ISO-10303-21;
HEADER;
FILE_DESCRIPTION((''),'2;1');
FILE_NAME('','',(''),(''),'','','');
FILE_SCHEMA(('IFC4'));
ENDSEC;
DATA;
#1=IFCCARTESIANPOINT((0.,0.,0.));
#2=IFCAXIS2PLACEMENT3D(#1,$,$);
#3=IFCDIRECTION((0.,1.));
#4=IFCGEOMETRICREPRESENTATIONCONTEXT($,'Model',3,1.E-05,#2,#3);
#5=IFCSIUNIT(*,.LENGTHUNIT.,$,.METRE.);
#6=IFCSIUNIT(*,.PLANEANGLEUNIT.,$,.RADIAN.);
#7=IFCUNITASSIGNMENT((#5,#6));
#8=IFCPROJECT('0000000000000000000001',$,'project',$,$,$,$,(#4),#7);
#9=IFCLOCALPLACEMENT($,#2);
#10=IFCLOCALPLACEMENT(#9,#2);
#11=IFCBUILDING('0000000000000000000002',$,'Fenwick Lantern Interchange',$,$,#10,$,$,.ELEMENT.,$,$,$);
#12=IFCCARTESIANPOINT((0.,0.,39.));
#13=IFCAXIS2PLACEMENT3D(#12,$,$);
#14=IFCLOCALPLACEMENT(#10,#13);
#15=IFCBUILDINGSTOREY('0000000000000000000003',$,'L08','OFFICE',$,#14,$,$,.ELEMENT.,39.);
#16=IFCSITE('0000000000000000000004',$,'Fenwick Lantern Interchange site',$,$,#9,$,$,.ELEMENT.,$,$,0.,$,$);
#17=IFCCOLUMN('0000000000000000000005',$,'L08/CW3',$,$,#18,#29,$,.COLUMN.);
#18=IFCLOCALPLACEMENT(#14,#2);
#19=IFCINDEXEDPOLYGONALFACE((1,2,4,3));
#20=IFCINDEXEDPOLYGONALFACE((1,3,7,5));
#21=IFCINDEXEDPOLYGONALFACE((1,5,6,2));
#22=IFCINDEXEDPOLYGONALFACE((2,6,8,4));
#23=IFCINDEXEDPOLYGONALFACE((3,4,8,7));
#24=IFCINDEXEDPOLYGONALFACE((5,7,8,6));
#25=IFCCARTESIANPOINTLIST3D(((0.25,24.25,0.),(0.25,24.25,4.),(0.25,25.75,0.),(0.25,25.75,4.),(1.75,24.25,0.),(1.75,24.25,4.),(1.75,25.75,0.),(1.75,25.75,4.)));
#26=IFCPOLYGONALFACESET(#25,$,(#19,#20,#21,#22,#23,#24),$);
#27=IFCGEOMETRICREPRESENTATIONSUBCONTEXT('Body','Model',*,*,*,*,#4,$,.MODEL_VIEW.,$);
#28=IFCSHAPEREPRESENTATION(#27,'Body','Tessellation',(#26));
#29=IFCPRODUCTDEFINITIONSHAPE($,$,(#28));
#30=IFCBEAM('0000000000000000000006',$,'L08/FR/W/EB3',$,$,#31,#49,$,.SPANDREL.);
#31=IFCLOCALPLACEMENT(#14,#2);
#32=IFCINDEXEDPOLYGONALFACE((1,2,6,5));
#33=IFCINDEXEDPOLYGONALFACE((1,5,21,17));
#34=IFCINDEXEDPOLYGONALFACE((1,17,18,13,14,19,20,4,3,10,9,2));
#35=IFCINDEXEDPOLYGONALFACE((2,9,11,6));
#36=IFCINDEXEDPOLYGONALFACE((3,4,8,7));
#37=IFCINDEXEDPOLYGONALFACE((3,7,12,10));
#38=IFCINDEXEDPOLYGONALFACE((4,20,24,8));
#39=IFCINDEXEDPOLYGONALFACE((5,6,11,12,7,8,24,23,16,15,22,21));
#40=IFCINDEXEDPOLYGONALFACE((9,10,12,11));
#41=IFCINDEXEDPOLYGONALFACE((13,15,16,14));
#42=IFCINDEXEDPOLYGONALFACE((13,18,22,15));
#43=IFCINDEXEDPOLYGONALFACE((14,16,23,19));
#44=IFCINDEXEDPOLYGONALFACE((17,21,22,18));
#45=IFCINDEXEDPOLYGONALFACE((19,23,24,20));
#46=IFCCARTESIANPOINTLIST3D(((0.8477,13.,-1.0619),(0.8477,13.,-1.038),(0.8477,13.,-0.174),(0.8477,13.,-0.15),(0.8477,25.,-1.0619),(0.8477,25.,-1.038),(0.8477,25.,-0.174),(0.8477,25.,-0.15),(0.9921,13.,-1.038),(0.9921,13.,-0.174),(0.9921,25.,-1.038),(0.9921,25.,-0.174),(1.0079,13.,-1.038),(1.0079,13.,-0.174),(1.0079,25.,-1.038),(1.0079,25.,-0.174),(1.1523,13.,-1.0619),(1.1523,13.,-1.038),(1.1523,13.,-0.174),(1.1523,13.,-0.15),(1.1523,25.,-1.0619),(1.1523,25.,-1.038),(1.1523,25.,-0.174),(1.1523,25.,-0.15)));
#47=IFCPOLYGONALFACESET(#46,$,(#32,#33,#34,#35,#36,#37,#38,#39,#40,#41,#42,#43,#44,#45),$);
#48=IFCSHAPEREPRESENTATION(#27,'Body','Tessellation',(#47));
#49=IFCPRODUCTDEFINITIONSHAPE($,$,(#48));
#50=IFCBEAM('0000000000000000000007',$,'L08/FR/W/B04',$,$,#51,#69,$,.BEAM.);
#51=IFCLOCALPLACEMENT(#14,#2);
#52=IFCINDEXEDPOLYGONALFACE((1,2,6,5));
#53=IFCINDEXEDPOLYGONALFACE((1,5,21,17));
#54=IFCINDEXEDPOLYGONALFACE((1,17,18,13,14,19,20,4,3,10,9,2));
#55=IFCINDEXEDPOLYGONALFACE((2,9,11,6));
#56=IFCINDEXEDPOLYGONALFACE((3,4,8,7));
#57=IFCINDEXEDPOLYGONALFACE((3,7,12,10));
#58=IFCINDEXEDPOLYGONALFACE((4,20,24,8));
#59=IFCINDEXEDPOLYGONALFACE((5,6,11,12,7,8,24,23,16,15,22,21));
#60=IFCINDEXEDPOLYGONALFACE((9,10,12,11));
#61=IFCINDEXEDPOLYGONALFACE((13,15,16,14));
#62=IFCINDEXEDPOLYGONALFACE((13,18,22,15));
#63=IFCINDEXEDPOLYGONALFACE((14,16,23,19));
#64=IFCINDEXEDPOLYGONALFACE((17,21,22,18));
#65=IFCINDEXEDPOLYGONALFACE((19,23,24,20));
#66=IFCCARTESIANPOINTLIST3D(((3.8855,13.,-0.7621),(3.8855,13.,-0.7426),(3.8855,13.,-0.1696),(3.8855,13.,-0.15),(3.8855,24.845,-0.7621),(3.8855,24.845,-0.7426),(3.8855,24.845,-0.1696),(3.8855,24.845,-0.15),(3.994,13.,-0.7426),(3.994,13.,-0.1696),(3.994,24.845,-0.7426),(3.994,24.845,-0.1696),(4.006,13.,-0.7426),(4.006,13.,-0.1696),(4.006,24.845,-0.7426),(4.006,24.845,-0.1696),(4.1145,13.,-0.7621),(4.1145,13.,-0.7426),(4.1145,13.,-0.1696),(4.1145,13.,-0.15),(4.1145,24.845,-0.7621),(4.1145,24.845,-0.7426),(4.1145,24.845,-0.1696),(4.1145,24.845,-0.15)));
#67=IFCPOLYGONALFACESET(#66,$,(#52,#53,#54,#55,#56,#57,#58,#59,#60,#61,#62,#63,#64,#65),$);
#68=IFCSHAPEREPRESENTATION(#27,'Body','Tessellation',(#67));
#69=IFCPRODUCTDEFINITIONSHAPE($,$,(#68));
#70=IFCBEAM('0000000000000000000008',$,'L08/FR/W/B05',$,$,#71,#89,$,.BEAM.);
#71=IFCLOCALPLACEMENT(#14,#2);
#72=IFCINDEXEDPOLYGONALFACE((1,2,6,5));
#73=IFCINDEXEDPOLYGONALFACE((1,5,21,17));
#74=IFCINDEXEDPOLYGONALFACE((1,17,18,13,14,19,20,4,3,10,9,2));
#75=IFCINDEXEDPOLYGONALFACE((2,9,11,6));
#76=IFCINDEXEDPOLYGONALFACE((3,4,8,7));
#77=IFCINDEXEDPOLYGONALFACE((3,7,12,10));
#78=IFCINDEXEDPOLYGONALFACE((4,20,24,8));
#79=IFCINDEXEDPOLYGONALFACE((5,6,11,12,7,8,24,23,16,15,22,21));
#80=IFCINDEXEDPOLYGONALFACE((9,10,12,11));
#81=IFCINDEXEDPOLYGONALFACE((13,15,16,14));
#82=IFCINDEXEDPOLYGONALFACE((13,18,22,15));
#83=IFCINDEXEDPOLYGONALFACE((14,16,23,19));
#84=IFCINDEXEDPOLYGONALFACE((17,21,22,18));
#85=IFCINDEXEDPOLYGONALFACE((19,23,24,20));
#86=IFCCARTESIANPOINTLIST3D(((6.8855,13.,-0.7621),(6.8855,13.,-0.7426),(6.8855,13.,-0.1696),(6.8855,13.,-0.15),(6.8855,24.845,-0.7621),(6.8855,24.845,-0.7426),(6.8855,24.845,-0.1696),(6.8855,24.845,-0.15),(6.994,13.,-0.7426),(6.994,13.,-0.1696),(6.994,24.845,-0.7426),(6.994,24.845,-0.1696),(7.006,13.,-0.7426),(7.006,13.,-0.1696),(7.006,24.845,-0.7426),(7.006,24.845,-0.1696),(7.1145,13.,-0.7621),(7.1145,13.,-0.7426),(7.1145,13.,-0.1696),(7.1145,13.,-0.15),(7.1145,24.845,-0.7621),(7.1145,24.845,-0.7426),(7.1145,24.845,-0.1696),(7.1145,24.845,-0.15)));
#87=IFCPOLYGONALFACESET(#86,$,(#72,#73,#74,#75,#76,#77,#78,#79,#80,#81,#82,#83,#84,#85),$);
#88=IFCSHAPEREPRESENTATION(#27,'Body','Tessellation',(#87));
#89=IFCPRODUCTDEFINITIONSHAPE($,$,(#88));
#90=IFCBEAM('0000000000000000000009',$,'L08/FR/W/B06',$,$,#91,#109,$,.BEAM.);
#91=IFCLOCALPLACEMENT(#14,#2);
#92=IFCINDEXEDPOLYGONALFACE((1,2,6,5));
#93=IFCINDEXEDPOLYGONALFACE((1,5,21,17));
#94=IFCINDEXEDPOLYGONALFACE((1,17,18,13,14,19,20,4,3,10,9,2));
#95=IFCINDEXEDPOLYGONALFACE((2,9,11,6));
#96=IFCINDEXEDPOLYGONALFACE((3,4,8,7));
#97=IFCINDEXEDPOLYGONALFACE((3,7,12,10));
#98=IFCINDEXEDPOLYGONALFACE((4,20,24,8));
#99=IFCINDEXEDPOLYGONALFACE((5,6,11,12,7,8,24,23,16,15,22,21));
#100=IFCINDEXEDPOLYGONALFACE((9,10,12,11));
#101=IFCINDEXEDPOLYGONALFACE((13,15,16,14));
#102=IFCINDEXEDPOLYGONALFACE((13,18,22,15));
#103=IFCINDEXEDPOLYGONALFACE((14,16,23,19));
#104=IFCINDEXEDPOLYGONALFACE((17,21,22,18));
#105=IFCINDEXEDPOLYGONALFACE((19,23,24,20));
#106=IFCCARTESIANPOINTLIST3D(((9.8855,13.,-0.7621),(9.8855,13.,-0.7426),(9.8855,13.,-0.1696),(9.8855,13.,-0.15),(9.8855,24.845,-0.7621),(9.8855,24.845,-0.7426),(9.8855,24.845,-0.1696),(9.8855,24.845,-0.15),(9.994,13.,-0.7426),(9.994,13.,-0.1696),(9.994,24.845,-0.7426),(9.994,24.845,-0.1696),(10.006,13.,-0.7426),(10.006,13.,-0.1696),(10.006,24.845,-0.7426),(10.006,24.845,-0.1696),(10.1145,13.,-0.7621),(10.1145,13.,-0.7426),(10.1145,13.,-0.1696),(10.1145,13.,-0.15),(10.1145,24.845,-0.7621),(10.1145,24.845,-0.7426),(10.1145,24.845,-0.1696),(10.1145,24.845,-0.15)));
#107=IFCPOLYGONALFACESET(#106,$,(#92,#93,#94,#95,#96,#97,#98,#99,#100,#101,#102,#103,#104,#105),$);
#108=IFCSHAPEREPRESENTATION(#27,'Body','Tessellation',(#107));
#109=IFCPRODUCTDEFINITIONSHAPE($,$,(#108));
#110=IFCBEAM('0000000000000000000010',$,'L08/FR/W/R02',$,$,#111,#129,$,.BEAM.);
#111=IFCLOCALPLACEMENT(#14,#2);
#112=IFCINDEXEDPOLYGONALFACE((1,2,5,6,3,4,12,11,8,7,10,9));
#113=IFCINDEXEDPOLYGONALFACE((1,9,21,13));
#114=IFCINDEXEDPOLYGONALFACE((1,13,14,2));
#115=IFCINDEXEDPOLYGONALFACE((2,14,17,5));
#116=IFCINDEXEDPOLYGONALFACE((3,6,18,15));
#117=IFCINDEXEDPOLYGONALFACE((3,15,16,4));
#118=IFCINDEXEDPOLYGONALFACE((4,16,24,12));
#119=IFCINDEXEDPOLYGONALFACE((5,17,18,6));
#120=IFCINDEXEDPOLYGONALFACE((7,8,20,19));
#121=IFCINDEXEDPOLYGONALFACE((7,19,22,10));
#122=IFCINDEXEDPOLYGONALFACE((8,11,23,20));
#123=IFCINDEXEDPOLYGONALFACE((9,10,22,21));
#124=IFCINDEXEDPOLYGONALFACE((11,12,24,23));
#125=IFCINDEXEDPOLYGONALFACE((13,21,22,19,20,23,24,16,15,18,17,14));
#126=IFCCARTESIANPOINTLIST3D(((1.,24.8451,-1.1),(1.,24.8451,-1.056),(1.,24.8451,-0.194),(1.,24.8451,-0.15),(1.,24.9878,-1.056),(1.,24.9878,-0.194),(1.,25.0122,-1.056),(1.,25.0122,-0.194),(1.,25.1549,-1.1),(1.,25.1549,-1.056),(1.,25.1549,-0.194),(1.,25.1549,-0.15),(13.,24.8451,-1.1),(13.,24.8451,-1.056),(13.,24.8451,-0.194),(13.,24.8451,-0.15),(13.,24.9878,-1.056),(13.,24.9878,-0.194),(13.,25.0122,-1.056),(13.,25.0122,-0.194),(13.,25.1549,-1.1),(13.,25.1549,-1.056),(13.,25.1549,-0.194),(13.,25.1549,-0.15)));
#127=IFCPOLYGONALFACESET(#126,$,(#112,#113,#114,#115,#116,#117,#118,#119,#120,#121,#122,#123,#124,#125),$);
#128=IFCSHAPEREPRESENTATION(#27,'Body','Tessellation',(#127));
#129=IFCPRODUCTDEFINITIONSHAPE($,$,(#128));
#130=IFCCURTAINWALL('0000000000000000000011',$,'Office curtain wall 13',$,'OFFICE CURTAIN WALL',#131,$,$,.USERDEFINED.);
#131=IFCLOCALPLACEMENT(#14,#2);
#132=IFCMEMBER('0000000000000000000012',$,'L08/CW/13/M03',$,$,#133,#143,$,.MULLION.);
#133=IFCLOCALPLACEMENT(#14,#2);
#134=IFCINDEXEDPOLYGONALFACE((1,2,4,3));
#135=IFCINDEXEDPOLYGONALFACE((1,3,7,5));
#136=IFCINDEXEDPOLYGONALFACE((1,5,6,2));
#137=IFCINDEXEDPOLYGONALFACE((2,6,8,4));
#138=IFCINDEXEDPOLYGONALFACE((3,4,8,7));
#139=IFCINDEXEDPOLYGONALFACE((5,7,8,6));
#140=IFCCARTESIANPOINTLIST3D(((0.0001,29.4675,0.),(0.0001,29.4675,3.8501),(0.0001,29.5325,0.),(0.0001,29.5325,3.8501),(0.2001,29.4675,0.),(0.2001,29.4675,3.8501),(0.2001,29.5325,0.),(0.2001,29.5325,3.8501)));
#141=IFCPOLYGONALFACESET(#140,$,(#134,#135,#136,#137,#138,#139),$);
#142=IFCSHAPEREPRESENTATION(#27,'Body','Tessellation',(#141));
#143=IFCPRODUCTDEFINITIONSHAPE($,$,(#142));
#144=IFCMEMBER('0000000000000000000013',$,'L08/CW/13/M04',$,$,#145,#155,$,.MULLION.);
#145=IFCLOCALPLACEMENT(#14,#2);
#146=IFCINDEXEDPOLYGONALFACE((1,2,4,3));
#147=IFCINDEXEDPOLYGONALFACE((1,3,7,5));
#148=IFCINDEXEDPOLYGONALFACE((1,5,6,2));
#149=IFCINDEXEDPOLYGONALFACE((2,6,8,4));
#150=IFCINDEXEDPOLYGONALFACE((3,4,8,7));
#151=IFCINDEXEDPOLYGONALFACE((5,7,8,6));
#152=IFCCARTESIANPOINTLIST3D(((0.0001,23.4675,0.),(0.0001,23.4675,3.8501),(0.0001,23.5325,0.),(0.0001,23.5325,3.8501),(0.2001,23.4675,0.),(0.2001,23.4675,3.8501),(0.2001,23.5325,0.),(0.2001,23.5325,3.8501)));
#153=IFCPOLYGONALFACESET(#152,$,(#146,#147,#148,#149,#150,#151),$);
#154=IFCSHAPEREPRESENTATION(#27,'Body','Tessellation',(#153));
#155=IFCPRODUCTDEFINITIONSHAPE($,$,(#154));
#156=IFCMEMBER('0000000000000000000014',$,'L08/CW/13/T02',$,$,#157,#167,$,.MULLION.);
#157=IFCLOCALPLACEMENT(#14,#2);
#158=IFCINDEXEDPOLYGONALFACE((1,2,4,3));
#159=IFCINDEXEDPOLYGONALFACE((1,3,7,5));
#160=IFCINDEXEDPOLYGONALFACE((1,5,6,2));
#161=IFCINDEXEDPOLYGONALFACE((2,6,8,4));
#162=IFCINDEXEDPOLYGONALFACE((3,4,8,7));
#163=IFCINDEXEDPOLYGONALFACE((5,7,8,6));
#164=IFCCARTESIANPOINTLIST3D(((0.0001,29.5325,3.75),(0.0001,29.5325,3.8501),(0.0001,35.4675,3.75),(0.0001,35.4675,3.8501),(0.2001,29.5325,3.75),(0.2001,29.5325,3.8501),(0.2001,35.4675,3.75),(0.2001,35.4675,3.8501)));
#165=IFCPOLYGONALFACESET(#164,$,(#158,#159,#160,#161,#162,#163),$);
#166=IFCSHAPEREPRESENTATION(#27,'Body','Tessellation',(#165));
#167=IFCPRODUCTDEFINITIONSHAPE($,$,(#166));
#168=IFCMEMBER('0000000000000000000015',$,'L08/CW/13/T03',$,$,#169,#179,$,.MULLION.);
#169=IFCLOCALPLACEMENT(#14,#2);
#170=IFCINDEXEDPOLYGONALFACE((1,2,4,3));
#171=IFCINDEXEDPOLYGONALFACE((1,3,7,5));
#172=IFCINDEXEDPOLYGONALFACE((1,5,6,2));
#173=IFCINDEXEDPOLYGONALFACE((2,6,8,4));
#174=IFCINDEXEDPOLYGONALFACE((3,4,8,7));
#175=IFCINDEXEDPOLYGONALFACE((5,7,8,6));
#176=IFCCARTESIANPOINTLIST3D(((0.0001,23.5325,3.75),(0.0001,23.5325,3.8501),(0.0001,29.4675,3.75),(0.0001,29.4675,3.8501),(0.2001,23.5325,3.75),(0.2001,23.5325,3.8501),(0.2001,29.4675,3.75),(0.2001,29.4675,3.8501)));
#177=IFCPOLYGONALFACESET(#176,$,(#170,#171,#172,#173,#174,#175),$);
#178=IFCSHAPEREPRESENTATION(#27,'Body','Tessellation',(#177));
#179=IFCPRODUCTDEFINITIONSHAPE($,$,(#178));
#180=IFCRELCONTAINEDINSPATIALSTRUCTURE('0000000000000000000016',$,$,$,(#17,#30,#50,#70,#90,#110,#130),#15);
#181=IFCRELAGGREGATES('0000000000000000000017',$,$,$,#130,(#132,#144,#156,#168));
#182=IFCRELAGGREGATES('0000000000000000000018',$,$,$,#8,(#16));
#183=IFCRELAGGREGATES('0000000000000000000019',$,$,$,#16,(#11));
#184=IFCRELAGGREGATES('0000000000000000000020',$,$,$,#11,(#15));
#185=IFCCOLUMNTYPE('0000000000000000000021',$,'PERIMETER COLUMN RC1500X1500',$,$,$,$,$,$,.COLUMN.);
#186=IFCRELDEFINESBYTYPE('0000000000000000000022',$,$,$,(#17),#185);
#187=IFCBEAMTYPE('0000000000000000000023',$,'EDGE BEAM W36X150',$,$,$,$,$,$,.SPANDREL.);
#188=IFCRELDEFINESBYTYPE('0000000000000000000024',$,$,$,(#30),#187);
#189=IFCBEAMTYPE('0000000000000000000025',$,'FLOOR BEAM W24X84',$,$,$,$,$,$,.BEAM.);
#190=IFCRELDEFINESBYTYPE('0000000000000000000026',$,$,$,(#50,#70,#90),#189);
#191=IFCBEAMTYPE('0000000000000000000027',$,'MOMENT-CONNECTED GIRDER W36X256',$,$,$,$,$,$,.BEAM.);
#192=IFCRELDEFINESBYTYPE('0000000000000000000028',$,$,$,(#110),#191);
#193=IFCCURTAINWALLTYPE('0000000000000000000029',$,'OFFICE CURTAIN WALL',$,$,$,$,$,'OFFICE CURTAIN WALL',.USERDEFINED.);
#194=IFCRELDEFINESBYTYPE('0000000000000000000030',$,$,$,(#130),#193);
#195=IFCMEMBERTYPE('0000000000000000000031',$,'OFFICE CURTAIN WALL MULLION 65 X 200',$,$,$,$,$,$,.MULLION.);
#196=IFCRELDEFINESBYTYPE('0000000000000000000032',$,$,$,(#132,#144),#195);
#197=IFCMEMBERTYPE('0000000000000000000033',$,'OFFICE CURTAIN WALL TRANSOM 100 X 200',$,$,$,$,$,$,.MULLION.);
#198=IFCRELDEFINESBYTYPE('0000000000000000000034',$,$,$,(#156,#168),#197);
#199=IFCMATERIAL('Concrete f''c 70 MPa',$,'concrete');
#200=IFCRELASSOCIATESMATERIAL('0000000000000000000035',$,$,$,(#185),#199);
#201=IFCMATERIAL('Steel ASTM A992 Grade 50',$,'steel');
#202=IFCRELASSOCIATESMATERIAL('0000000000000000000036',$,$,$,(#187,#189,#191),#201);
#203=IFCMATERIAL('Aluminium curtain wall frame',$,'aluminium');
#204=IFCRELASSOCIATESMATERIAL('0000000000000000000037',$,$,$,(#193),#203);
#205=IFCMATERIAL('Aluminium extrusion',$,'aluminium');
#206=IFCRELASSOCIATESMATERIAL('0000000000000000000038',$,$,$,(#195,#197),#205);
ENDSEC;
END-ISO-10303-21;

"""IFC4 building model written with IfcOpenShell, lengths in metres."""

from ifc_helpers import new_model, si_unit, direction, frame, origin, origin_2d, place, context, subcontext, project, spatial, rectangle, i_section, extrude, material, material_profile, profile_set, type_object, element, aggregate, save


model = new_model("IFC4")

# Units and contexts
model_context = context("Model", 3, precision=1e-05, world=origin(), true_north=direction((0.0, 1.0)))
body_context = subcontext(model_context, "Body", "Model", "MODEL_VIEW")
ifc_project = project(units=[si_unit("LENGTHUNIT", "METRE"), si_unit("PLANEANGLEUNIT", "RADIAN")], contexts=[model_context])

# Site, building, storey
site_placement = place(None, origin())
site = spatial("IfcSite", under=ifc_project, at=site_placement, Name="Fenwick Lantern Interchange site", CompositionType="ELEMENT", RefElevation=0.0)
building_placement = place(site_placement, origin())
building = spatial("IfcBuilding", under=site, at=building_placement, Name="Fenwick Lantern Interchange", CompositionType="ELEMENT")
storey_placement = place(building_placement, frame((0.0, 0.0, 39.0)))
storey = spatial("IfcBuildingStorey", under=building, at=storey_placement, Name="L08", Description="OFFICE", CompositionType="ELEMENT", Elevation=39.0)

# Column
ifc_material_1 = material(Name="Concrete f'c 70 MPa", Category="concrete")
ifc_material_profile_1 = material_profile(ifc_material_1, rectangle(XDim=1.5, YDim=1.5, at=origin_2d()), Name="RC1500X1500")
ifc_profile_set_1 = profile_set([ifc_material_profile_1], Name="Concrete f'c 70 MPa")
column_type = type_object("IfcColumnType", Name="PERIMETER COLUMN RC1500X1500", PredefinedType="COLUMN", material=ifc_profile_set_1)
column_placement = place(storey_placement, frame((1.0, 25.0, 0.0), z_axis=(0.0, 0.0, 1.0), x_axis=(1.0, 0.0, 0.0)))
element("IfcColumn", 1, at=column_placement, inside=storey, type_object=column_type, Name="L08/CW3", PredefinedType="COLUMN", context=body_context, shape_type="SweptSolid", body=[
    extrude(rectangle(XDim=1.5, YDim=1.5, at=origin_2d()), origin(), (0.0, 0.0, 1.0), 4.0),
])

# Beams
ifc_material_2 = material(Name="Steel ASTM A992 Grade 50", Category="steel")
ifc_material_profile_2 = material_profile(ifc_material_2, i_section(OverallWidth=0.3047, OverallDepth=0.9119, WebThickness=0.0159, FlangeThickness=0.0239, at=origin_2d()), Name="W36X150")
ifc_profile_set_2 = profile_set([ifc_material_profile_2], Name="Steel ASTM A992 Grade 50")
beam_type_1 = type_object("IfcBeamType", Name="EDGE BEAM W36X150", PredefinedType="SPANDREL", material=ifc_profile_set_2)
beam_1_placement = place(storey_placement, frame((1.0, 25.0, -0.606), z_axis=(0.0, -1.0, 0.0), x_axis=(1.0, 0.0, 0.0)))
element("IfcBeam", 2, at=beam_1_placement, inside=storey, type_object=beam_type_1, Name="L08/FR/W/EB3", PredefinedType="SPANDREL", context=body_context, shape_type="SweptSolid", body=[
    extrude(i_section(OverallWidth=0.3047, OverallDepth=0.9119, WebThickness=0.0159, FlangeThickness=0.0239, at=origin_2d()), origin(), (0.0, 0.0, 1.0), 12.0),
])
ifc_material_profile_3 = material_profile(ifc_material_2, i_section(OverallWidth=0.229, OverallDepth=0.6121, WebThickness=0.012, FlangeThickness=0.0195, at=origin_2d()), Name="W24X84")
ifc_profile_set_3 = profile_set([ifc_material_profile_3], Name="Steel ASTM A992 Grade 50")
beam_type_2 = type_object("IfcBeamType", Name="FLOOR BEAM W24X84", PredefinedType="BEAM", material=ifc_profile_set_3)
for number, where, z_axis, x_axis, name in (
    (3, (4.0, 24.845, -0.4561), (0.0, -1.0, 0.0), (1.0, 0.0, 0.0), "L08/FR/W/B04"),
    (4, (7.0, 24.845, -0.4561), (0.0, -1.0, 0.0), (1.0, 0.0, 0.0), "L08/FR/W/B05"),
    (5, (10.0, 24.845, -0.4561), (0.0, -1.0, 0.0), (1.0, 0.0, 0.0), "L08/FR/W/B06"),
):
    element("IfcBeam", number, at=place(storey_placement, frame(where, z_axis=z_axis, x_axis=x_axis)), inside=storey, type_object=beam_type_2, Name=name, PredefinedType="BEAM", context=body_context, shape_type="SweptSolid", body=[
        extrude(i_section(OverallWidth=0.229, OverallDepth=0.6121, WebThickness=0.012, FlangeThickness=0.0195, at=origin_2d()), origin(), (0.0, 0.0, 1.0), 11.845),
    ])
ifc_material_profile_4 = material_profile(ifc_material_2, i_section(OverallWidth=0.3098, OverallDepth=0.95, WebThickness=0.0244, FlangeThickness=0.0439, at=origin_2d()), Name="W36X256")
ifc_profile_set_4 = profile_set([ifc_material_profile_4], Name="Steel ASTM A992 Grade 50")
beam_type_3 = type_object("IfcBeamType", Name="MOMENT-CONNECTED GIRDER W36X256", PredefinedType="BEAM", material=ifc_profile_set_4)
beam_2_placement = place(storey_placement, frame((1.0, 25.0, -0.625), z_axis=(1.0, 0.0, 0.0), x_axis=(0.0, 1.0, 0.0)))
element("IfcBeam", 6, at=beam_2_placement, inside=storey, type_object=beam_type_3, Name="L08/FR/W/R02", PredefinedType="BEAM", context=body_context, shape_type="SweptSolid", body=[
    extrude(i_section(OverallWidth=0.3098, OverallDepth=0.95, WebThickness=0.0244, FlangeThickness=0.0439, at=origin_2d()), origin(), (0.0, 0.0, 1.0), 12.0),
])

# Curtain wall, members
ifc_material_3 = material(Name="Aluminium curtain wall frame", Category="aluminium")
curtain_wall_type = type_object("IfcCurtainWallType", Name="OFFICE CURTAIN WALL", ElementType="OFFICE CURTAIN WALL", PredefinedType="USERDEFINED", material=ifc_material_3)
curtain_wall_placement = place(storey_placement, origin())
curtain_wall = element("IfcCurtainWall", 7, at=curtain_wall_placement, inside=storey, type_object=curtain_wall_type, Name="Office curtain wall 13", ObjectType="OFFICE CURTAIN WALL", PredefinedType="USERDEFINED")
ifc_material_4 = material(Name="Aluminium extrusion", Category="aluminium")
ifc_material_profile_5 = material_profile(ifc_material_4, rectangle(XDim=0.2, YDim=0.0649, at=origin_2d()), Name="OFFICE CURTAIN WALL MULLION 65 X 200")
ifc_profile_set_5 = profile_set([ifc_material_profile_5], Name="Aluminium extrusion")
member_type_1 = type_object("IfcMemberType", Name="OFFICE CURTAIN WALL MULLION 65 X 200", PredefinedType="MULLION", material=ifc_profile_set_5)
member_1_placement = place(storey_placement, frame((0.1001, 29.5, 0.0), z_axis=(0.0, 0.0, 1.0), x_axis=(1.0, 0.0, 0.0)))
member_1 = element("IfcMember", 8, at=member_1_placement, type_object=member_type_1, Name="L08/CW/13/M03", PredefinedType="MULLION", context=body_context, shape_type="SweptSolid", body=[
    extrude(rectangle(XDim=0.2, YDim=0.0649, at=origin_2d()), origin(), (0.0, 0.0, 1.0), 3.8501),
])
member_2_placement = place(storey_placement, frame((0.1001, 23.5, 0.0), z_axis=(0.0, 0.0, 1.0), x_axis=(1.0, 0.0, 0.0)))
member_2 = element("IfcMember", 9, at=member_2_placement, type_object=member_type_1, Name="L08/CW/13/M04", PredefinedType="MULLION", context=body_context, shape_type="SweptSolid", body=[
    extrude(rectangle(XDim=0.2, YDim=0.0649, at=origin_2d()), origin(), (0.0, 0.0, 1.0), 3.8501),
])
ifc_material_profile_6 = material_profile(ifc_material_4, rectangle(XDim=0.2, YDim=0.1001, at=origin_2d()), Name="OFFICE CURTAIN WALL TRANSOM 100 X 200")
ifc_profile_set_6 = profile_set([ifc_material_profile_6], Name="Aluminium extrusion")
member_type_2 = type_object("IfcMemberType", Name="OFFICE CURTAIN WALL TRANSOM 100 X 200", PredefinedType="MULLION", material=ifc_profile_set_6)
member_3_placement = place(storey_placement, frame((0.1001, 35.4675, 3.8), z_axis=(0.0, -1.0, 0.0), x_axis=(1.0, 0.0, 0.0)))
member_3 = element("IfcMember", 10, at=member_3_placement, type_object=member_type_2, Name="L08/CW/13/T02", PredefinedType="MULLION", context=body_context, shape_type="SweptSolid", body=[
    extrude(rectangle(XDim=0.2, YDim=0.1001, at=origin_2d()), origin(), (0.0, 0.0, 1.0), 5.9351),
])
member_4_placement = place(storey_placement, frame((0.1001, 29.4675, 3.8), z_axis=(0.0, -1.0, 0.0), x_axis=(1.0, 0.0, 0.0)))
member_4 = element("IfcMember", 11, at=member_4_placement, type_object=member_type_2, Name="L08/CW/13/T03", PredefinedType="MULLION", context=body_context, shape_type="SweptSolid", body=[
    extrude(rectangle(XDim=0.2, YDim=0.1001, at=origin_2d()), origin(), (0.0, 0.0, 1.0), 5.9351),
])
aggregate(curtain_wall, [member_1, member_2, member_3, member_4])

save(model, "model.ifc")
